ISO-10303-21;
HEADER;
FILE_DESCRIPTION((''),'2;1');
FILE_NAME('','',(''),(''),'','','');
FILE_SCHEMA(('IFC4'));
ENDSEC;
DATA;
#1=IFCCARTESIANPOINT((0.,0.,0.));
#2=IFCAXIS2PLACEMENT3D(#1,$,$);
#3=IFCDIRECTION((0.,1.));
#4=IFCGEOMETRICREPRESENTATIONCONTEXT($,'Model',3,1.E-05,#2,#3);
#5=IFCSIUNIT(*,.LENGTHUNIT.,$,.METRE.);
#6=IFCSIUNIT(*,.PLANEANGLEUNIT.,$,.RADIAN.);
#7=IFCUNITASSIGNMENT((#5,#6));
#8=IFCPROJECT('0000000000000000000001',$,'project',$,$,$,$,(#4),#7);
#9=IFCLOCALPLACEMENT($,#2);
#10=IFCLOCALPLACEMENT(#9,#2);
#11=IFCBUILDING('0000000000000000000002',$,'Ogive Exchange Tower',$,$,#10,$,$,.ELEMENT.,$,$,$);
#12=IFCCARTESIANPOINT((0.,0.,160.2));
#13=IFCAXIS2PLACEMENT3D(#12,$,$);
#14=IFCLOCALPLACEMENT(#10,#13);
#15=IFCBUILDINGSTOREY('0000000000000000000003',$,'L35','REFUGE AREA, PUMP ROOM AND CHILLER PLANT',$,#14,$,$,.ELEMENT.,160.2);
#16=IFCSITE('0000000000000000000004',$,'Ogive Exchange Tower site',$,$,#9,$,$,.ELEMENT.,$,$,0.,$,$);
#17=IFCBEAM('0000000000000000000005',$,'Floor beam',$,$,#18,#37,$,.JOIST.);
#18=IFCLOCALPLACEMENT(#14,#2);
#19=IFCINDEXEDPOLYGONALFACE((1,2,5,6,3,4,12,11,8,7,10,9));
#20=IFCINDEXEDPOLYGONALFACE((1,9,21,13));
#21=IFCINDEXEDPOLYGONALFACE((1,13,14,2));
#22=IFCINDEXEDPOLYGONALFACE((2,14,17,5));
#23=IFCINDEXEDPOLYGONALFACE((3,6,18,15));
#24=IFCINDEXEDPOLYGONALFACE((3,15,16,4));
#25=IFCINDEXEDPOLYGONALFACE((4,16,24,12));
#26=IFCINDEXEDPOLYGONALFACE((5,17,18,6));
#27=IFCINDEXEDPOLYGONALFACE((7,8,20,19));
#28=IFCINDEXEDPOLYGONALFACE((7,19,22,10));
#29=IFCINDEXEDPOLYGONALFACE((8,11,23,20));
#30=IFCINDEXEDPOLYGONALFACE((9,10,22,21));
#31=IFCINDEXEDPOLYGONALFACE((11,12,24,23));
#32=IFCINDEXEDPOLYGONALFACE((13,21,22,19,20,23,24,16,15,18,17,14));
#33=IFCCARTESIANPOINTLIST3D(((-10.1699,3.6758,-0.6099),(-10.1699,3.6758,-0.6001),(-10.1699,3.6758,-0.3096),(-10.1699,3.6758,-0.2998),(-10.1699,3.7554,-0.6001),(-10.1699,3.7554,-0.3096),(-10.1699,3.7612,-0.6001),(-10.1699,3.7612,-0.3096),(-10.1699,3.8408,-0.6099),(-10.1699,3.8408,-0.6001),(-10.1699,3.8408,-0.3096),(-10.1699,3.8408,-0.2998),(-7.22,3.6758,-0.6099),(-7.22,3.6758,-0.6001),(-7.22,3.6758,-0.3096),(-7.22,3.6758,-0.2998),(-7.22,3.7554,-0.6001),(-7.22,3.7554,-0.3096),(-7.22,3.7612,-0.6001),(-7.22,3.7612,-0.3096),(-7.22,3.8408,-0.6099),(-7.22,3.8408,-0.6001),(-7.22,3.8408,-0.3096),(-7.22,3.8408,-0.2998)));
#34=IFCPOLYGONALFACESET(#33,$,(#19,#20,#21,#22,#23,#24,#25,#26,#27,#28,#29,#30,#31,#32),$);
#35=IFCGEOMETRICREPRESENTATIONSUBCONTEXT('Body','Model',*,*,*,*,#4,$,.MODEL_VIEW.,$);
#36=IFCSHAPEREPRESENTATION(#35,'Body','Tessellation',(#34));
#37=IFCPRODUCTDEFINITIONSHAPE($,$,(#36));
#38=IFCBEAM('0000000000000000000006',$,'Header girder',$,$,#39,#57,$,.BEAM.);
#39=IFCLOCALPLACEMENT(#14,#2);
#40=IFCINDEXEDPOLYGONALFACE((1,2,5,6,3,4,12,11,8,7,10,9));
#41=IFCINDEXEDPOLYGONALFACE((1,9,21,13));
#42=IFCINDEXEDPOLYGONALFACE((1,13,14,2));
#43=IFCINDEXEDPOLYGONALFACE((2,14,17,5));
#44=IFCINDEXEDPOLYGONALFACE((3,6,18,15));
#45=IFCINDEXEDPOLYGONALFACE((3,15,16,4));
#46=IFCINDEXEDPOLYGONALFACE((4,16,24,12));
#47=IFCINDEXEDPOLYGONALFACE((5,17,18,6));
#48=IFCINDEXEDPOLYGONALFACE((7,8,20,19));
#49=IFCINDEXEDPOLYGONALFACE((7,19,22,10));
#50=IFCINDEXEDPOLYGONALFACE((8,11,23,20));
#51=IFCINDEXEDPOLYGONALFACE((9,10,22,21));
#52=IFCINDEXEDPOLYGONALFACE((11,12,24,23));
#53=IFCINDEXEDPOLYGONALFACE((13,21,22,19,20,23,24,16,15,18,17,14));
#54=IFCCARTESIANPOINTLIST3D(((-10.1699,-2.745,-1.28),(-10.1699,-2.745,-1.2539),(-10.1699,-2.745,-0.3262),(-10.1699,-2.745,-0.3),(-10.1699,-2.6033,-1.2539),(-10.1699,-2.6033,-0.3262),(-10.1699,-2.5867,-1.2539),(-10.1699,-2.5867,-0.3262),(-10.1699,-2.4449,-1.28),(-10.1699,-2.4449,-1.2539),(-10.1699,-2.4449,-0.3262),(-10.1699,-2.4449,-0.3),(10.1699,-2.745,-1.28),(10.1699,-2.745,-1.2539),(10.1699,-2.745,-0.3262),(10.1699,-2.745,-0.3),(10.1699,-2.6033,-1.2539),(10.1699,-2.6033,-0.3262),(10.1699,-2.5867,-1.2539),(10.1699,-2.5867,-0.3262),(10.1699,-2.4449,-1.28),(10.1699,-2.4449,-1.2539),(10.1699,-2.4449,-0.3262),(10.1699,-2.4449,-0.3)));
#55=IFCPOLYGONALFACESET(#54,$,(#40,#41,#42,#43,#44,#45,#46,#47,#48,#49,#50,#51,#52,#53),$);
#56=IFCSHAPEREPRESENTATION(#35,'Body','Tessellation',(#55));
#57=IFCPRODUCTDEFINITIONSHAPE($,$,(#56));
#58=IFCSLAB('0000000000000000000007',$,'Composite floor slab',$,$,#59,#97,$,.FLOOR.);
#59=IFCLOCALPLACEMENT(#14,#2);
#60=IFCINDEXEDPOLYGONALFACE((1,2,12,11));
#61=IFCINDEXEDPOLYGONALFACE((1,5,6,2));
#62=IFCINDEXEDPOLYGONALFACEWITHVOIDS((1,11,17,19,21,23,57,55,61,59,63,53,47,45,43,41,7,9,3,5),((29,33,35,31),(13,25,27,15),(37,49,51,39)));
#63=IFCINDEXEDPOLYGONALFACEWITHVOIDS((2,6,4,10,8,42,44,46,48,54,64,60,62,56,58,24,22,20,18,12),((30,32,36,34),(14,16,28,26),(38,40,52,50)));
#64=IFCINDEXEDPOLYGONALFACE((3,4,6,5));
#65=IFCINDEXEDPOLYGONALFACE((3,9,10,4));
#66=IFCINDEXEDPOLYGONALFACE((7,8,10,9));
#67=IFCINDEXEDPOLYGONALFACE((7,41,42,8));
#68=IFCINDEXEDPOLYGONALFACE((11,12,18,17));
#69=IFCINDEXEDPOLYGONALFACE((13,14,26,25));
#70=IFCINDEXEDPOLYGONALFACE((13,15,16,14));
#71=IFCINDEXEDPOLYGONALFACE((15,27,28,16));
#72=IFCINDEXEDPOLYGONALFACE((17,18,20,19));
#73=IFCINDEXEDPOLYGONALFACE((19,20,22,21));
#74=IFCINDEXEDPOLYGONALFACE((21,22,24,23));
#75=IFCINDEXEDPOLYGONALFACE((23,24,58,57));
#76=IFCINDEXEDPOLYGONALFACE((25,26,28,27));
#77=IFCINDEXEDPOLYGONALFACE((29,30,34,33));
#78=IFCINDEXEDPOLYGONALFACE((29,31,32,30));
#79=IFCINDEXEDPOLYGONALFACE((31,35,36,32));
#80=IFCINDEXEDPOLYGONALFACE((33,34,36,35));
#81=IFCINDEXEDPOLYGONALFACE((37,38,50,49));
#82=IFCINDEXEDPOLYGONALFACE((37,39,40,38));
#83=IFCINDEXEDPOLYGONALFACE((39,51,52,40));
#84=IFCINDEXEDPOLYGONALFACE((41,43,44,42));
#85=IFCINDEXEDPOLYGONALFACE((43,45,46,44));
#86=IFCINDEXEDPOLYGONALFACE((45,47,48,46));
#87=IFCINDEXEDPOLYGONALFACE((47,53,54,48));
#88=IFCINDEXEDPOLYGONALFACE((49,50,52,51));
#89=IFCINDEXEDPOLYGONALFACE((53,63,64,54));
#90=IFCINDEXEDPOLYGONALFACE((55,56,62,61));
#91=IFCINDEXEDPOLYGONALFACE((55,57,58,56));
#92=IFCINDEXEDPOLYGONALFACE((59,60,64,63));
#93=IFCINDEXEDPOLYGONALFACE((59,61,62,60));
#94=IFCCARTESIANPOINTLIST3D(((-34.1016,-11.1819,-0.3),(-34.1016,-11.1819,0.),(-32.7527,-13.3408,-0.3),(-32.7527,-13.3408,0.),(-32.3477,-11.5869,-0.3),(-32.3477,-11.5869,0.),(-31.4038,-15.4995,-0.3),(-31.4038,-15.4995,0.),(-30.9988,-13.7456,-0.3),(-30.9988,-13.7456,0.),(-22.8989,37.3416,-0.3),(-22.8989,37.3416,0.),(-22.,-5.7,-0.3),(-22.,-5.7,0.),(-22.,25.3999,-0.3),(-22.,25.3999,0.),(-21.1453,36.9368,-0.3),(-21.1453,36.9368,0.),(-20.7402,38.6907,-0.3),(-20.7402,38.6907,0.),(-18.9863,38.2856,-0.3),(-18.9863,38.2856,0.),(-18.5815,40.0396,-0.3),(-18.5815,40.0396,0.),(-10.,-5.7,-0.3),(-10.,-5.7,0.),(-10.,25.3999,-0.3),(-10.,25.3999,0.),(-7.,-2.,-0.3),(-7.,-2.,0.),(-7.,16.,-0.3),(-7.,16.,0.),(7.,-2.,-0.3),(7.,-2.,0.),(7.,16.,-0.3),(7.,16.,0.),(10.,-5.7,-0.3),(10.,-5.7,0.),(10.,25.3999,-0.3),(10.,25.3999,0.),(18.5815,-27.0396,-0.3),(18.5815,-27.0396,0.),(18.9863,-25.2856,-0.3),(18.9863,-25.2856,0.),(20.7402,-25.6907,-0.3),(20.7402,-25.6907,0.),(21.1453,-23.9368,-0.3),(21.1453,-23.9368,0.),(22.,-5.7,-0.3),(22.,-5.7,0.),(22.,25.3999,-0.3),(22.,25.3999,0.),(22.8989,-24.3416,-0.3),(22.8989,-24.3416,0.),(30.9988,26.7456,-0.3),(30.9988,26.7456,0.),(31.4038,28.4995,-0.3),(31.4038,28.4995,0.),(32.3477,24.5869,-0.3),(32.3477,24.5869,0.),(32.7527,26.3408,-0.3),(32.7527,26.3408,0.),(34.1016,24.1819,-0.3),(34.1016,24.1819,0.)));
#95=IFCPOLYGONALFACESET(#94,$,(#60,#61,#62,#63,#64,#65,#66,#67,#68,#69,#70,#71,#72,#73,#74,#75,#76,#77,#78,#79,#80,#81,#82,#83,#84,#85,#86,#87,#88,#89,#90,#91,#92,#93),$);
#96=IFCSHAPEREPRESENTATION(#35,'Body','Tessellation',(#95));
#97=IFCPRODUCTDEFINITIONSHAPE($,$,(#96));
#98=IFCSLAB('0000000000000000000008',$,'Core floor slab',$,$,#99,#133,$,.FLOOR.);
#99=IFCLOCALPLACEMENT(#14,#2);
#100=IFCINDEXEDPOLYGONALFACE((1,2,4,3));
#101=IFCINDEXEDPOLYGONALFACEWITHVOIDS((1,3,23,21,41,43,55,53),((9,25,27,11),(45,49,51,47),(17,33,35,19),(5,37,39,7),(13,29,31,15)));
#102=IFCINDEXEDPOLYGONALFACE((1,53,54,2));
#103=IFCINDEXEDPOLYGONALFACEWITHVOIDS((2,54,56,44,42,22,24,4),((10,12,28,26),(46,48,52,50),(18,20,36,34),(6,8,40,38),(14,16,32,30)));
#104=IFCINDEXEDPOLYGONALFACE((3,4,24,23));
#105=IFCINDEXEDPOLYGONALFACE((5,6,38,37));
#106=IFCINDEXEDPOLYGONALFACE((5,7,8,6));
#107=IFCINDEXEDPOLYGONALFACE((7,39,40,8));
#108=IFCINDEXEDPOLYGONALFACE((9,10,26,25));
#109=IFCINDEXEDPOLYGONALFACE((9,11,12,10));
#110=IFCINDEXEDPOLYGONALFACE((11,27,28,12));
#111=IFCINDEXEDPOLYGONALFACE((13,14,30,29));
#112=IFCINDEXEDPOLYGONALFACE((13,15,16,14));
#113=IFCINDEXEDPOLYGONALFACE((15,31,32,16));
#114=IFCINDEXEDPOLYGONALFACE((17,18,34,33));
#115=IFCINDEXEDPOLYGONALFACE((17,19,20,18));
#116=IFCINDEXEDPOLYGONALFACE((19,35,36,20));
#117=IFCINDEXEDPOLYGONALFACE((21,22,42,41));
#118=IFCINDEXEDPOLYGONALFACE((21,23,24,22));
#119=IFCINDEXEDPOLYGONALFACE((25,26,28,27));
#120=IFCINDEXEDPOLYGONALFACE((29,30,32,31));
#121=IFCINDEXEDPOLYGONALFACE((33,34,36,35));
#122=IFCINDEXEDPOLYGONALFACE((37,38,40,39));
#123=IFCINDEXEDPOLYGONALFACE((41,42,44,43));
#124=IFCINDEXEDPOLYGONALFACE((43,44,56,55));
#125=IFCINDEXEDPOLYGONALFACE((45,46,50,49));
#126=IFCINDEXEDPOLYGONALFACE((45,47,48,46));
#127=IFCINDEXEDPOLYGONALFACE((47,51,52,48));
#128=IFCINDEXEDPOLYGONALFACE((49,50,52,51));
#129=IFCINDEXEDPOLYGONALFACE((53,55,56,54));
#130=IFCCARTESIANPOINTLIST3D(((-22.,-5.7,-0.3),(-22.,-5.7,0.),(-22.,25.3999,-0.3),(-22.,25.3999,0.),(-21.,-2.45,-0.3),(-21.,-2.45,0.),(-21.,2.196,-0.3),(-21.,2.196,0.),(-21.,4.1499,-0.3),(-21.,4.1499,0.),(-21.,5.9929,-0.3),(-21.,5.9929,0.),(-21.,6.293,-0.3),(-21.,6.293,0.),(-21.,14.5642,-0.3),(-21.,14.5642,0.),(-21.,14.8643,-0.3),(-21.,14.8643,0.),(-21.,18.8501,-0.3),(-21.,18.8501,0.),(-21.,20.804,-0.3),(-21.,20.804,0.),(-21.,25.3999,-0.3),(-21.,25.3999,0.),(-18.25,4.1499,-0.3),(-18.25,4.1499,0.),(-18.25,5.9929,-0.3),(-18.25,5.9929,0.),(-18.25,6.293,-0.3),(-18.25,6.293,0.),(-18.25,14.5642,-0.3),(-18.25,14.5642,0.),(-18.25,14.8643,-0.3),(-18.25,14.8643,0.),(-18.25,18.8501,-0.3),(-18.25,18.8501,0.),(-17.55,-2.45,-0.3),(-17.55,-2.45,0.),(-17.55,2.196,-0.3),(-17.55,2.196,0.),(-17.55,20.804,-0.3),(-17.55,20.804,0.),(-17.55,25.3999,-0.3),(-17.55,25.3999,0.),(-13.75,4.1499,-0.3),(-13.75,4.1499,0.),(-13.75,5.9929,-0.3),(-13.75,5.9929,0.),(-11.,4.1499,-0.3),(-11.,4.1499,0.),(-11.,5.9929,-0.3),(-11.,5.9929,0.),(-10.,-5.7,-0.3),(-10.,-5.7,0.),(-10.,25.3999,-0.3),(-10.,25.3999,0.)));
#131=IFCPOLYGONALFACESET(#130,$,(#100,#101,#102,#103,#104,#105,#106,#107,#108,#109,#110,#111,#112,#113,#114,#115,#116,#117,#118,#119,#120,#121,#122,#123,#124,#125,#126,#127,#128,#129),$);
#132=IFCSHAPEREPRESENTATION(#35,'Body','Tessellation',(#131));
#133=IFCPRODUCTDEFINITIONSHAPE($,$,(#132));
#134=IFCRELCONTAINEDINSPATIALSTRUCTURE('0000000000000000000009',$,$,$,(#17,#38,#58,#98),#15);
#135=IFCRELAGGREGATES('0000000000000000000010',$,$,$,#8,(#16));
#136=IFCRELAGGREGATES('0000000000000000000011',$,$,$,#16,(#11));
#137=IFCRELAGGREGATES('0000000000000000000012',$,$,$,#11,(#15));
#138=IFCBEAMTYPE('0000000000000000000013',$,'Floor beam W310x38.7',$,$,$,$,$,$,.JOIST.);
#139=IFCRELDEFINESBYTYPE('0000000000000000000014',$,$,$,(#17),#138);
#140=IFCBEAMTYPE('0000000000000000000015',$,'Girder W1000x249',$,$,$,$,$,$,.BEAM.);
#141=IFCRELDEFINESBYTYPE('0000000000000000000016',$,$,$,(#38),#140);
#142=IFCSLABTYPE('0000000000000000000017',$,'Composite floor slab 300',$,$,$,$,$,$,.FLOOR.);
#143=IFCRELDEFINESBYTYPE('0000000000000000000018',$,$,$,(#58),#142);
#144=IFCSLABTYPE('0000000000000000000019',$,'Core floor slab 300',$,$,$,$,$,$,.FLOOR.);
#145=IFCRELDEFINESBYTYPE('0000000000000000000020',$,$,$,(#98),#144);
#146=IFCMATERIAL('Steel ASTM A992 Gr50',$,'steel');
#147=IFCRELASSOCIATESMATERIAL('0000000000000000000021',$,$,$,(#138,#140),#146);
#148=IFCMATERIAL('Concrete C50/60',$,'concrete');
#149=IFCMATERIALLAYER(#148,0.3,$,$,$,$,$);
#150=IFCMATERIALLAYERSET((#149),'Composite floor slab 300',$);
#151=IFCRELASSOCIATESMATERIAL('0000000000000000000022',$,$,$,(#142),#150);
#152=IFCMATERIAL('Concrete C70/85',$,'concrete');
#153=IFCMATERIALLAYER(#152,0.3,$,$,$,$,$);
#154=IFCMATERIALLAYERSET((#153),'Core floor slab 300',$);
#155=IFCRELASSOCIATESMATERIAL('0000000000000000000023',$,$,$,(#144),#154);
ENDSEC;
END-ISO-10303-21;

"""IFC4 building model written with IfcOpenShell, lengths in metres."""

from ifc_helpers import new_model, si_unit, direction, frame, origin, origin_2d, place, context, subcontext, project, spatial, polyline, i_section, outline, extrude, material, layer, layer_set, material_profile, profile_set, type_object, element, save


model = new_model("IFC4")

# Units and contexts
model_context = context("Model", 3, precision=1e-05, world=origin(), true_north=direction((0.0, 1.0)))
body_context = subcontext(model_context, "Body", "Model", "MODEL_VIEW")
ifc_project = project(units=[si_unit("LENGTHUNIT", "METRE"), si_unit("PLANEANGLEUNIT", "RADIAN")], contexts=[model_context])

# Site, building, storey
site_placement = place(None, origin())
site = spatial("IfcSite", under=ifc_project, at=site_placement, Name="Ogive Exchange Tower site", CompositionType="ELEMENT", RefElevation=0.0)
building_placement = place(site_placement, origin())
building = spatial("IfcBuilding", under=site, at=building_placement, Name="Ogive Exchange Tower", CompositionType="ELEMENT")
storey_placement = place(building_placement, frame((0.0, 0.0, 160.2)))
storey = spatial("IfcBuildingStorey", under=building, at=storey_placement, Name="L35", Description="REFUGE AREA, PUMP ROOM AND CHILLER PLANT", CompositionType="ELEMENT", Elevation=160.2)

# Beams
ifc_material_1 = material(Name="Steel ASTM A992 Gr50", Category="steel")
ifc_material_profile_1 = material_profile(ifc_material_1, i_section(OverallWidth=0.165, OverallDepth=0.3101, WebThickness=0.0059, FlangeThickness=0.0098, at=origin_2d()), Name="W310x38.7")
ifc_profile_set_1 = profile_set([ifc_material_profile_1], Name="Steel ASTM A992 Gr50")
beam_type_1 = type_object("IfcBeamType", Name="Floor beam W310x38.7", PredefinedType="JOIST", material=ifc_profile_set_1)
beam_1_placement = place(storey_placement, frame((-10.1699, 3.7583, -0.4548), z_axis=(1.0, 0.0, 0.0), x_axis=(0.0, 1.0, 0.0)))
element("IfcBeam", 1, at=beam_1_placement, inside=storey, type_object=beam_type_1, Name="Floor beam", PredefinedType="JOIST", context=body_context, shape_type="SweptSolid", body=[
    extrude(i_section(OverallWidth=0.165, OverallDepth=0.3101, WebThickness=0.0059, FlangeThickness=0.0098, at=origin_2d()), origin(), (0.0, 0.0, 1.0), 2.95),
])
ifc_material_profile_2 = material_profile(ifc_material_1, i_section(OverallWidth=0.3, OverallDepth=0.98, WebThickness=0.0166, FlangeThickness=0.0261, at=origin_2d()), Name="W1000x249")
ifc_profile_set_2 = profile_set([ifc_material_profile_2], Name="Steel ASTM A992 Gr50")
beam_type_2 = type_object("IfcBeamType", Name="Girder W1000x249", PredefinedType="BEAM", material=ifc_profile_set_2)
beam_2_placement = place(storey_placement, frame((-10.1699, -2.595, -0.79), z_axis=(1.0, 0.0, 0.0), x_axis=(0.0, 1.0, 0.0)))
element("IfcBeam", 2, at=beam_2_placement, inside=storey, type_object=beam_type_2, Name="Header girder", PredefinedType="BEAM", context=body_context, shape_type="SweptSolid", body=[
    extrude(i_section(OverallWidth=0.3, OverallDepth=0.98, WebThickness=0.0166, FlangeThickness=0.0261, at=origin_2d()), origin(), (0.0, 0.0, 1.0), 20.3398),
])

# Slabs
ifc_material_2 = material(Name="Concrete C50/60", Category="concrete")
ifc_layer_1 = layer(ifc_material_2, 0.3)
ifc_layer_set_1 = layer_set([ifc_layer_1], Name="Composite floor slab 300")
slab_type_1 = type_object("IfcSlabType", Name="Composite floor slab 300", PredefinedType="FLOOR", material=ifc_layer_set_1)
slab_1_placement = place(storey_placement, frame((0.0, 0.0, -0.3)))
element("IfcSlab", 3, at=slab_1_placement, inside=storey, type_object=slab_type_1, Name="Composite floor slab", PredefinedType="FLOOR", context=body_context, shape_type="SweptSolid", body=[
    extrude(outline(polyline([(-30.9988, -13.7456), (-32.7527, -13.3408), (-32.3477, -11.5869), (-34.1016, -11.1819), (-22.8989, 37.3416), (-21.1453, 36.9368), (-20.7402, 38.6907), (-18.9863, 38.2856), (-18.5815, 40.0396), (31.4038, 28.4995), (30.9988, 26.7456), (32.7527, 26.3408), (32.3477, 24.5869), (34.1016, 24.1819), (22.8989, -24.3416), (21.1453, -23.9368), (20.7402, -25.6907), (18.9863, -25.2856), (18.5815, -27.0396), (-31.4038, -15.4995), (-30.9988, -13.7456)]), holes=[polyline([(7.0, -2.0), (7.0, 16.0), (-7.0, 16.0), (-7.0, -2.0), (7.0, -2.0)]), polyline([(-22.0, -5.7), (-10.0, -5.7), (-10.0, 25.3999), (-22.0, 25.3999), (-22.0, -5.7)]), polyline([(10.0, -5.7), (22.0, -5.7), (22.0, 25.3999), (10.0, 25.3999), (10.0, -5.7)])]), origin(), (0.0, 0.0, 1.0), 0.3),
])
ifc_material_3 = material(Name="Concrete C70/85", Category="concrete")
ifc_layer_2 = layer(ifc_material_3, 0.3)
ifc_layer_set_2 = layer_set([ifc_layer_2], Name="Core floor slab 300")
slab_type_2 = type_object("IfcSlabType", Name="Core floor slab 300", PredefinedType="FLOOR", material=ifc_layer_set_2)
slab_2_placement = place(storey_placement, frame((0.0, 0.0, -0.3)))
element("IfcSlab", 4, at=slab_2_placement, inside=storey, type_object=slab_type_2, Name="Core floor slab", PredefinedType="FLOOR", context=body_context, shape_type="SweptSolid", body=[
    extrude(outline(polyline([(-10.0, 25.3999), (-10.0, -5.7), (-22.0, -5.7), (-22.0, 25.3999), (-21.0, 25.3999), (-21.0, 20.804), (-17.55, 20.804), (-17.55, 25.3999), (-10.0, 25.3999)]), holes=[polyline([(-17.55, 2.196), (-21.0, 2.196), (-21.0, -2.45), (-17.55, -2.45), (-17.55, 2.196)]), polyline([(-18.25, 5.9929), (-21.0, 5.9929), (-21.0, 4.1499), (-18.25, 4.1499), (-18.25, 5.9929)]), polyline([(-11.0, 5.9929), (-13.75, 5.9929), (-13.75, 4.1499), (-11.0, 4.1499), (-11.0, 5.9929)]), polyline([(-21.0, 14.5642), (-21.0, 6.293), (-18.25, 6.293), (-18.25, 14.5642), (-21.0, 14.5642)]), polyline([(-18.25, 18.8501), (-21.0, 18.8501), (-21.0, 14.8643), (-18.25, 14.8643), (-18.25, 18.8501)])]), origin(), (0.0, 0.0, 1.0), 0.3),
])

save(model, "model.ifc")
